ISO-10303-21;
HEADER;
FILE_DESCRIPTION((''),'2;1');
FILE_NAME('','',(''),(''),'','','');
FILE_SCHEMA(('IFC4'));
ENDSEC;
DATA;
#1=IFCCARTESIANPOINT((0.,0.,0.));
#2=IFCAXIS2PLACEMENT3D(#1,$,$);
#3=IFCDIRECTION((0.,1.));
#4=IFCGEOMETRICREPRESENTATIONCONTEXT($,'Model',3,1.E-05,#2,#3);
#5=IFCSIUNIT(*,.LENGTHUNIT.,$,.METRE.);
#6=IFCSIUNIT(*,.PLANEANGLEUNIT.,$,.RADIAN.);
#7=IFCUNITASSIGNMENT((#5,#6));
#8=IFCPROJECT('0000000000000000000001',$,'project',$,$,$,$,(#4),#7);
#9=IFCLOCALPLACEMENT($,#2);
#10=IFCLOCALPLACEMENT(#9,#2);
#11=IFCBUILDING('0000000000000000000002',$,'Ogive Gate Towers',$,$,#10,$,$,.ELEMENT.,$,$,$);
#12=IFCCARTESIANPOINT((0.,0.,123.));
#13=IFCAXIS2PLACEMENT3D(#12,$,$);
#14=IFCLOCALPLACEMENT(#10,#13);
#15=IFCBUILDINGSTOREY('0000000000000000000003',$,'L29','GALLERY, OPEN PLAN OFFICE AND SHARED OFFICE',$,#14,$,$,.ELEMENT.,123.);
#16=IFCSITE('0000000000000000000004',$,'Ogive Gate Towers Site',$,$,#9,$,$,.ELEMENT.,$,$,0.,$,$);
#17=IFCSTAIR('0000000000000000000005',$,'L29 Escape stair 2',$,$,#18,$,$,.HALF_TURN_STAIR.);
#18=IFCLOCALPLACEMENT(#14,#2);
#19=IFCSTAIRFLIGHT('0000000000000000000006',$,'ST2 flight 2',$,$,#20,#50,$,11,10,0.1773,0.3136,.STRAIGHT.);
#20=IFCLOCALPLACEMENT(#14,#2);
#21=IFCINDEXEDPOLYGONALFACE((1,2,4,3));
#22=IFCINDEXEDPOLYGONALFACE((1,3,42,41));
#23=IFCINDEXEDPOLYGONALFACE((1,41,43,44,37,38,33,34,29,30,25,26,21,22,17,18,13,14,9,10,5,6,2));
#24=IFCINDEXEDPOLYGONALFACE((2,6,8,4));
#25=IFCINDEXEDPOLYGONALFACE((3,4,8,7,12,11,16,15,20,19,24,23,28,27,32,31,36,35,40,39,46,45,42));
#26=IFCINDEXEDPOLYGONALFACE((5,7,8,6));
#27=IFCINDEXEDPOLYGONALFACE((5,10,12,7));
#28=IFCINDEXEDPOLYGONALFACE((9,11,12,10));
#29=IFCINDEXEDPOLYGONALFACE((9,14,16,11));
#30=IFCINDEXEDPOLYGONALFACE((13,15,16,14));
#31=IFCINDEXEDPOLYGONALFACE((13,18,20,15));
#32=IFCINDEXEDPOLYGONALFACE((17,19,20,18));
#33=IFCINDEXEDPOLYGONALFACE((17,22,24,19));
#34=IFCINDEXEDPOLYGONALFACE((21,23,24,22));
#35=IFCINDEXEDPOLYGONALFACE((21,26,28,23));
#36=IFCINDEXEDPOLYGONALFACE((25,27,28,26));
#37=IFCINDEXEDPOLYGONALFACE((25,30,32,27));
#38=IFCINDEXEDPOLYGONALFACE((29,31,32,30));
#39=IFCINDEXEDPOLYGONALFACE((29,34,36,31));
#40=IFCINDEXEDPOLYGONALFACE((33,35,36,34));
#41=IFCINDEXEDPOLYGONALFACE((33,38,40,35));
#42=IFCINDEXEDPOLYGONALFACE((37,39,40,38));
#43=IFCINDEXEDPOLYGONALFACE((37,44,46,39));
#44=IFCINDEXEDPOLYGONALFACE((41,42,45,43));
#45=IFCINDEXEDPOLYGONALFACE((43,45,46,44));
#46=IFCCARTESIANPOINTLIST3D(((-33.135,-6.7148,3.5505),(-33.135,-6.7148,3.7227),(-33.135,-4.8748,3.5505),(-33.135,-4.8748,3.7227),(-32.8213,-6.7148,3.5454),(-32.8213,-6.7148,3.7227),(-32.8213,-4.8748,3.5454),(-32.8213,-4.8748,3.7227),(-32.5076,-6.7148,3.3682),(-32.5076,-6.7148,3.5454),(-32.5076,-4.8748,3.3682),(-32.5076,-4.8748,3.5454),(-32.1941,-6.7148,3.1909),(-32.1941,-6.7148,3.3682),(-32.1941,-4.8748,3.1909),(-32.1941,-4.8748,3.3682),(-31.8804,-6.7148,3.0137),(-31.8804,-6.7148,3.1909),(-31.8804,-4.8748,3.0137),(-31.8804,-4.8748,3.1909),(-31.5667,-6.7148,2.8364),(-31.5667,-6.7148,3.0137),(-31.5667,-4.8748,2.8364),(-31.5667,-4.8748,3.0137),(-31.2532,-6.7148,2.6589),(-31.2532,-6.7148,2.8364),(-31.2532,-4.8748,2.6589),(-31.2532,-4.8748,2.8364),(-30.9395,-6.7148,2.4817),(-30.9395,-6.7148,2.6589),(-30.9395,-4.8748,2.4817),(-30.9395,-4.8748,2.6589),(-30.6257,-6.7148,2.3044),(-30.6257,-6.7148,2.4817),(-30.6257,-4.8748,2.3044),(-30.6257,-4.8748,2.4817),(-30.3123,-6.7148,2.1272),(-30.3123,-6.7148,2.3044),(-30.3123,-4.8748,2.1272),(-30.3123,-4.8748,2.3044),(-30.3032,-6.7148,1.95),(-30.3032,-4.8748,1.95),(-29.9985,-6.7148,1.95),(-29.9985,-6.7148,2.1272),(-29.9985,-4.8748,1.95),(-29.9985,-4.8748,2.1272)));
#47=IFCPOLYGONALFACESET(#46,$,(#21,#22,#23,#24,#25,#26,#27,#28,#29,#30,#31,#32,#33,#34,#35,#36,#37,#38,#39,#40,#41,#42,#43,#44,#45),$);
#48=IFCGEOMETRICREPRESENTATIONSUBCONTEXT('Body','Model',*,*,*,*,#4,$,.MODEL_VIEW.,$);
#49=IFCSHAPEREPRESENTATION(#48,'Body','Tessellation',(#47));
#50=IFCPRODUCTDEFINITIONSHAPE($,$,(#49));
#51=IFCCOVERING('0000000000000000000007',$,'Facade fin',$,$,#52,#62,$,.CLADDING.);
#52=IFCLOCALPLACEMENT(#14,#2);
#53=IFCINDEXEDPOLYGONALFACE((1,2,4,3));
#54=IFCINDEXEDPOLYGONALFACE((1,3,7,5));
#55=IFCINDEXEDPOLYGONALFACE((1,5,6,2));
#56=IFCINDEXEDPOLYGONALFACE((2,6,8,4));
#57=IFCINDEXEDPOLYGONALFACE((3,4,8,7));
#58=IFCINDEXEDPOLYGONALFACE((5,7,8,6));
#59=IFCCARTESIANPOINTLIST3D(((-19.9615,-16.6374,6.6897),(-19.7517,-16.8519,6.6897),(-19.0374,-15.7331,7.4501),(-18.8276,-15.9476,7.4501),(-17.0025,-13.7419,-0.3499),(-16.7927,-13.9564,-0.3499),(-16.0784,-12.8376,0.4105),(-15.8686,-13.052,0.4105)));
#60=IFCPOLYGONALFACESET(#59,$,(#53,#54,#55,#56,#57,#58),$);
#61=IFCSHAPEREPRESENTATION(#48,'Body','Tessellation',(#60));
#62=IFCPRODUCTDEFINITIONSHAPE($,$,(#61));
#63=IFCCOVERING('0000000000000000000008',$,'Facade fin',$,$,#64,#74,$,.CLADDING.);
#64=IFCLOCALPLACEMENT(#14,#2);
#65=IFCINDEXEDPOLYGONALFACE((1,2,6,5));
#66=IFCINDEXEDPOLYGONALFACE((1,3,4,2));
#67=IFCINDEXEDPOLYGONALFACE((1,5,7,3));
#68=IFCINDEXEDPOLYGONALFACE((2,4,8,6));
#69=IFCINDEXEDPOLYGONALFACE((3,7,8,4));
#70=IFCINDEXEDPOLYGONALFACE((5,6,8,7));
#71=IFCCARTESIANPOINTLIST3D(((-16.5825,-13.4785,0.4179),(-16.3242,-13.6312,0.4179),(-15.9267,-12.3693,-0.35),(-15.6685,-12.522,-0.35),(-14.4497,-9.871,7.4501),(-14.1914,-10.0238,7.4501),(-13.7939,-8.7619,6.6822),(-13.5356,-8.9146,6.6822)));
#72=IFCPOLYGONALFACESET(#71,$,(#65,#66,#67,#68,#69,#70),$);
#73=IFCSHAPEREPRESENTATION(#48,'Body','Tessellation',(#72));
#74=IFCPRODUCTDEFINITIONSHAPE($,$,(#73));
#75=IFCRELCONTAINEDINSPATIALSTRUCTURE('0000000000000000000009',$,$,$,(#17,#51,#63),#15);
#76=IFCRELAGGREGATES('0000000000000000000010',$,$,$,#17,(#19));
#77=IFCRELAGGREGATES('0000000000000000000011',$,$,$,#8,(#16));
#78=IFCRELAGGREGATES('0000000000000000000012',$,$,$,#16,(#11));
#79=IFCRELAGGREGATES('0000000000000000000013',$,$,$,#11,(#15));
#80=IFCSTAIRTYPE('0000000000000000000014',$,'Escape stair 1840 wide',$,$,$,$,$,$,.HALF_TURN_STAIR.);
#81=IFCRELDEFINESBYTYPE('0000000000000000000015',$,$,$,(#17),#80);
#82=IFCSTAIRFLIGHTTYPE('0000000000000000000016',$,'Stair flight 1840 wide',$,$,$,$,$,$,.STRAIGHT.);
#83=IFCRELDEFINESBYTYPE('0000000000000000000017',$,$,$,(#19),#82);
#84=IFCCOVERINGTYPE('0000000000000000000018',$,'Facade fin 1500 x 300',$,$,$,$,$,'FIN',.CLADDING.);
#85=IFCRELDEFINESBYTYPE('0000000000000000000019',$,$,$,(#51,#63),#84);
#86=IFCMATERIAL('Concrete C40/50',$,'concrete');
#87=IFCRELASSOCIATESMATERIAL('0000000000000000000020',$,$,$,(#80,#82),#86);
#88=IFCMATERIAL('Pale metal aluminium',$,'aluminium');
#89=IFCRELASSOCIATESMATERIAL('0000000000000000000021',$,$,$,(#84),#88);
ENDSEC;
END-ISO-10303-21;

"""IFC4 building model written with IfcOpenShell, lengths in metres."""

from ifc_helpers import new_model, si_unit, direction, frame, origin, origin_2d, place, context, subcontext, project, spatial, polyline, rectangle, outline, extrude, material, material_profile, profile_set, type_object, element, aggregate, save


model = new_model("IFC4")

# Units and contexts
model_context = context("Model", 3, precision=1e-05, world=origin(), true_north=direction((0.0, 1.0)))
body_context = subcontext(model_context, "Body", "Model", "MODEL_VIEW")
ifc_project = project(units=[si_unit("LENGTHUNIT", "METRE"), si_unit("PLANEANGLEUNIT", "RADIAN")], contexts=[model_context])

# Site, building, storey
site_placement = place(None, origin())
site = spatial("IfcSite", under=ifc_project, at=site_placement, Name="Ogive Gate Towers Site", CompositionType="ELEMENT", RefElevation=0.0)
building_placement = place(site_placement, origin())
building = spatial("IfcBuilding", under=site, at=building_placement, Name="Ogive Gate Towers", CompositionType="ELEMENT")
storey_placement = place(building_placement, frame((0.0, 0.0, 123.0)))
storey = spatial("IfcBuildingStorey", under=building, at=storey_placement, Name="L29", Description="GALLERY, OPEN PLAN OFFICE AND SHARED OFFICE", CompositionType="ELEMENT", Elevation=123.0)

# Shared definitions
ifc_material_1 = material(Name="Pale metal aluminium", Category="aluminium")

# Stair, stair flight
ifc_material_2 = material(Name="Concrete C40/50", Category="concrete")
stair_type = type_object("IfcStairType", Name="Escape stair 1840 wide", PredefinedType="HALF_TURN_STAIR", material=ifc_material_2)
stair_placement = place(storey_placement, origin())
stair = element("IfcStair", 1, at=stair_placement, inside=storey, type_object=stair_type, Name="L29 Escape stair 2", PredefinedType="HALF_TURN_STAIR")
stair_flight_type = type_object("IfcStairFlightType", Name="Stair flight 1840 wide", PredefinedType="STRAIGHT", material=ifc_material_2)
stair_flight_placement = place(storey_placement, frame((-29.9985, -5.7949, 1.95), z_axis=(0.0, 0.0, 1.0), x_axis=(-1.0, 0.0, 0.0)))
stair_flight = element("IfcStairFlight", 2, at=stair_flight_placement, type_object=stair_flight_type, Name="ST2 flight 2", NumberOfRisers=11, NumberOfTreads=10, PredefinedType="STRAIGHT", RiserHeight=0.1773, TreadLength=0.3136, context=body_context, shape_type="SweptSolid", body=[
    extrude(outline(polyline([(0.0, 0.0), (0.0, 0.1772), (0.3137, 0.1772), (0.3137, 0.3545), (0.6272, 0.3545), (0.6272, 0.5317), (0.9409, 0.5317), (0.9409, 0.709), (1.2546, 0.709), (1.2546, 0.8865), (1.5681, 0.8865), (1.5681, 1.0637), (1.8818, 1.0637), (1.8818, 1.241), (2.1956, 1.241), (2.1956, 1.4182), (2.509, 1.4182), (2.509, 1.5955), (2.8228, 1.5955), (2.8228, 1.7727), (3.1365, 1.7727), (3.1365, 1.95), (3.1365, 1.6006), (0.3047, 0.0), (0.0, 0.0)])), frame((0.0, 0.9199, 0.0), z_axis=(0.0, -1.0, 0.0), x_axis=(1.0, 0.0, 0.0)), (0.0, 0.0, 1.0), 1.8401),
])
aggregate(stair, [stair_flight])

# Coverings
ifc_material_profile_1 = material_profile(ifc_material_1, rectangle(XDim=0.3, YDim=1.5, at=origin_2d()), Name="1500 x 300 pale metal aluminium")
ifc_profile_set_1 = profile_set([ifc_material_profile_1], Name="Pale metal aluminium")
covering_type = type_object("IfcCoveringType", Name="Facade fin 1500 x 300", ElementType="FIN", PredefinedType="CLADDING", material=ifc_profile_set_1)
covering_1_placement = place(storey_placement, frame((-16.4355, -13.397, 0.0303), z_axis=(-0.362324, -0.354551, 0.861983), x_axis=(0.699399, -0.714731, 0.0)))
element("IfcCovering", 3, at=covering_1_placement, inside=storey, type_object=covering_type, Name="Facade fin", PredefinedType="CLADDING", context=body_context, shape_type="SweptSolid", body=[
    extrude(rectangle(XDim=0.3, YDim=1.5, at=origin_2d()), origin(), (0.0, 0.0, 1.0), 8.1667),
])
covering_2_placement = place(storey_placement, frame((-16.1255, -13.0002, 0.0339), z_axis=(0.260536, 0.440669, 0.85903), x_axis=(-0.860806, 0.508933, 0.0)))
element("IfcCovering", 4, at=covering_2_placement, inside=storey, type_object=covering_type, Name="Facade fin", PredefinedType="CLADDING", context=body_context, shape_type="SweptSolid", body=[
    extrude(rectangle(XDim=0.3, YDim=1.5, at=origin_2d()), origin(), (0.0, 0.0, 1.0), 8.1863),
])

save(model, "model.ifc")
